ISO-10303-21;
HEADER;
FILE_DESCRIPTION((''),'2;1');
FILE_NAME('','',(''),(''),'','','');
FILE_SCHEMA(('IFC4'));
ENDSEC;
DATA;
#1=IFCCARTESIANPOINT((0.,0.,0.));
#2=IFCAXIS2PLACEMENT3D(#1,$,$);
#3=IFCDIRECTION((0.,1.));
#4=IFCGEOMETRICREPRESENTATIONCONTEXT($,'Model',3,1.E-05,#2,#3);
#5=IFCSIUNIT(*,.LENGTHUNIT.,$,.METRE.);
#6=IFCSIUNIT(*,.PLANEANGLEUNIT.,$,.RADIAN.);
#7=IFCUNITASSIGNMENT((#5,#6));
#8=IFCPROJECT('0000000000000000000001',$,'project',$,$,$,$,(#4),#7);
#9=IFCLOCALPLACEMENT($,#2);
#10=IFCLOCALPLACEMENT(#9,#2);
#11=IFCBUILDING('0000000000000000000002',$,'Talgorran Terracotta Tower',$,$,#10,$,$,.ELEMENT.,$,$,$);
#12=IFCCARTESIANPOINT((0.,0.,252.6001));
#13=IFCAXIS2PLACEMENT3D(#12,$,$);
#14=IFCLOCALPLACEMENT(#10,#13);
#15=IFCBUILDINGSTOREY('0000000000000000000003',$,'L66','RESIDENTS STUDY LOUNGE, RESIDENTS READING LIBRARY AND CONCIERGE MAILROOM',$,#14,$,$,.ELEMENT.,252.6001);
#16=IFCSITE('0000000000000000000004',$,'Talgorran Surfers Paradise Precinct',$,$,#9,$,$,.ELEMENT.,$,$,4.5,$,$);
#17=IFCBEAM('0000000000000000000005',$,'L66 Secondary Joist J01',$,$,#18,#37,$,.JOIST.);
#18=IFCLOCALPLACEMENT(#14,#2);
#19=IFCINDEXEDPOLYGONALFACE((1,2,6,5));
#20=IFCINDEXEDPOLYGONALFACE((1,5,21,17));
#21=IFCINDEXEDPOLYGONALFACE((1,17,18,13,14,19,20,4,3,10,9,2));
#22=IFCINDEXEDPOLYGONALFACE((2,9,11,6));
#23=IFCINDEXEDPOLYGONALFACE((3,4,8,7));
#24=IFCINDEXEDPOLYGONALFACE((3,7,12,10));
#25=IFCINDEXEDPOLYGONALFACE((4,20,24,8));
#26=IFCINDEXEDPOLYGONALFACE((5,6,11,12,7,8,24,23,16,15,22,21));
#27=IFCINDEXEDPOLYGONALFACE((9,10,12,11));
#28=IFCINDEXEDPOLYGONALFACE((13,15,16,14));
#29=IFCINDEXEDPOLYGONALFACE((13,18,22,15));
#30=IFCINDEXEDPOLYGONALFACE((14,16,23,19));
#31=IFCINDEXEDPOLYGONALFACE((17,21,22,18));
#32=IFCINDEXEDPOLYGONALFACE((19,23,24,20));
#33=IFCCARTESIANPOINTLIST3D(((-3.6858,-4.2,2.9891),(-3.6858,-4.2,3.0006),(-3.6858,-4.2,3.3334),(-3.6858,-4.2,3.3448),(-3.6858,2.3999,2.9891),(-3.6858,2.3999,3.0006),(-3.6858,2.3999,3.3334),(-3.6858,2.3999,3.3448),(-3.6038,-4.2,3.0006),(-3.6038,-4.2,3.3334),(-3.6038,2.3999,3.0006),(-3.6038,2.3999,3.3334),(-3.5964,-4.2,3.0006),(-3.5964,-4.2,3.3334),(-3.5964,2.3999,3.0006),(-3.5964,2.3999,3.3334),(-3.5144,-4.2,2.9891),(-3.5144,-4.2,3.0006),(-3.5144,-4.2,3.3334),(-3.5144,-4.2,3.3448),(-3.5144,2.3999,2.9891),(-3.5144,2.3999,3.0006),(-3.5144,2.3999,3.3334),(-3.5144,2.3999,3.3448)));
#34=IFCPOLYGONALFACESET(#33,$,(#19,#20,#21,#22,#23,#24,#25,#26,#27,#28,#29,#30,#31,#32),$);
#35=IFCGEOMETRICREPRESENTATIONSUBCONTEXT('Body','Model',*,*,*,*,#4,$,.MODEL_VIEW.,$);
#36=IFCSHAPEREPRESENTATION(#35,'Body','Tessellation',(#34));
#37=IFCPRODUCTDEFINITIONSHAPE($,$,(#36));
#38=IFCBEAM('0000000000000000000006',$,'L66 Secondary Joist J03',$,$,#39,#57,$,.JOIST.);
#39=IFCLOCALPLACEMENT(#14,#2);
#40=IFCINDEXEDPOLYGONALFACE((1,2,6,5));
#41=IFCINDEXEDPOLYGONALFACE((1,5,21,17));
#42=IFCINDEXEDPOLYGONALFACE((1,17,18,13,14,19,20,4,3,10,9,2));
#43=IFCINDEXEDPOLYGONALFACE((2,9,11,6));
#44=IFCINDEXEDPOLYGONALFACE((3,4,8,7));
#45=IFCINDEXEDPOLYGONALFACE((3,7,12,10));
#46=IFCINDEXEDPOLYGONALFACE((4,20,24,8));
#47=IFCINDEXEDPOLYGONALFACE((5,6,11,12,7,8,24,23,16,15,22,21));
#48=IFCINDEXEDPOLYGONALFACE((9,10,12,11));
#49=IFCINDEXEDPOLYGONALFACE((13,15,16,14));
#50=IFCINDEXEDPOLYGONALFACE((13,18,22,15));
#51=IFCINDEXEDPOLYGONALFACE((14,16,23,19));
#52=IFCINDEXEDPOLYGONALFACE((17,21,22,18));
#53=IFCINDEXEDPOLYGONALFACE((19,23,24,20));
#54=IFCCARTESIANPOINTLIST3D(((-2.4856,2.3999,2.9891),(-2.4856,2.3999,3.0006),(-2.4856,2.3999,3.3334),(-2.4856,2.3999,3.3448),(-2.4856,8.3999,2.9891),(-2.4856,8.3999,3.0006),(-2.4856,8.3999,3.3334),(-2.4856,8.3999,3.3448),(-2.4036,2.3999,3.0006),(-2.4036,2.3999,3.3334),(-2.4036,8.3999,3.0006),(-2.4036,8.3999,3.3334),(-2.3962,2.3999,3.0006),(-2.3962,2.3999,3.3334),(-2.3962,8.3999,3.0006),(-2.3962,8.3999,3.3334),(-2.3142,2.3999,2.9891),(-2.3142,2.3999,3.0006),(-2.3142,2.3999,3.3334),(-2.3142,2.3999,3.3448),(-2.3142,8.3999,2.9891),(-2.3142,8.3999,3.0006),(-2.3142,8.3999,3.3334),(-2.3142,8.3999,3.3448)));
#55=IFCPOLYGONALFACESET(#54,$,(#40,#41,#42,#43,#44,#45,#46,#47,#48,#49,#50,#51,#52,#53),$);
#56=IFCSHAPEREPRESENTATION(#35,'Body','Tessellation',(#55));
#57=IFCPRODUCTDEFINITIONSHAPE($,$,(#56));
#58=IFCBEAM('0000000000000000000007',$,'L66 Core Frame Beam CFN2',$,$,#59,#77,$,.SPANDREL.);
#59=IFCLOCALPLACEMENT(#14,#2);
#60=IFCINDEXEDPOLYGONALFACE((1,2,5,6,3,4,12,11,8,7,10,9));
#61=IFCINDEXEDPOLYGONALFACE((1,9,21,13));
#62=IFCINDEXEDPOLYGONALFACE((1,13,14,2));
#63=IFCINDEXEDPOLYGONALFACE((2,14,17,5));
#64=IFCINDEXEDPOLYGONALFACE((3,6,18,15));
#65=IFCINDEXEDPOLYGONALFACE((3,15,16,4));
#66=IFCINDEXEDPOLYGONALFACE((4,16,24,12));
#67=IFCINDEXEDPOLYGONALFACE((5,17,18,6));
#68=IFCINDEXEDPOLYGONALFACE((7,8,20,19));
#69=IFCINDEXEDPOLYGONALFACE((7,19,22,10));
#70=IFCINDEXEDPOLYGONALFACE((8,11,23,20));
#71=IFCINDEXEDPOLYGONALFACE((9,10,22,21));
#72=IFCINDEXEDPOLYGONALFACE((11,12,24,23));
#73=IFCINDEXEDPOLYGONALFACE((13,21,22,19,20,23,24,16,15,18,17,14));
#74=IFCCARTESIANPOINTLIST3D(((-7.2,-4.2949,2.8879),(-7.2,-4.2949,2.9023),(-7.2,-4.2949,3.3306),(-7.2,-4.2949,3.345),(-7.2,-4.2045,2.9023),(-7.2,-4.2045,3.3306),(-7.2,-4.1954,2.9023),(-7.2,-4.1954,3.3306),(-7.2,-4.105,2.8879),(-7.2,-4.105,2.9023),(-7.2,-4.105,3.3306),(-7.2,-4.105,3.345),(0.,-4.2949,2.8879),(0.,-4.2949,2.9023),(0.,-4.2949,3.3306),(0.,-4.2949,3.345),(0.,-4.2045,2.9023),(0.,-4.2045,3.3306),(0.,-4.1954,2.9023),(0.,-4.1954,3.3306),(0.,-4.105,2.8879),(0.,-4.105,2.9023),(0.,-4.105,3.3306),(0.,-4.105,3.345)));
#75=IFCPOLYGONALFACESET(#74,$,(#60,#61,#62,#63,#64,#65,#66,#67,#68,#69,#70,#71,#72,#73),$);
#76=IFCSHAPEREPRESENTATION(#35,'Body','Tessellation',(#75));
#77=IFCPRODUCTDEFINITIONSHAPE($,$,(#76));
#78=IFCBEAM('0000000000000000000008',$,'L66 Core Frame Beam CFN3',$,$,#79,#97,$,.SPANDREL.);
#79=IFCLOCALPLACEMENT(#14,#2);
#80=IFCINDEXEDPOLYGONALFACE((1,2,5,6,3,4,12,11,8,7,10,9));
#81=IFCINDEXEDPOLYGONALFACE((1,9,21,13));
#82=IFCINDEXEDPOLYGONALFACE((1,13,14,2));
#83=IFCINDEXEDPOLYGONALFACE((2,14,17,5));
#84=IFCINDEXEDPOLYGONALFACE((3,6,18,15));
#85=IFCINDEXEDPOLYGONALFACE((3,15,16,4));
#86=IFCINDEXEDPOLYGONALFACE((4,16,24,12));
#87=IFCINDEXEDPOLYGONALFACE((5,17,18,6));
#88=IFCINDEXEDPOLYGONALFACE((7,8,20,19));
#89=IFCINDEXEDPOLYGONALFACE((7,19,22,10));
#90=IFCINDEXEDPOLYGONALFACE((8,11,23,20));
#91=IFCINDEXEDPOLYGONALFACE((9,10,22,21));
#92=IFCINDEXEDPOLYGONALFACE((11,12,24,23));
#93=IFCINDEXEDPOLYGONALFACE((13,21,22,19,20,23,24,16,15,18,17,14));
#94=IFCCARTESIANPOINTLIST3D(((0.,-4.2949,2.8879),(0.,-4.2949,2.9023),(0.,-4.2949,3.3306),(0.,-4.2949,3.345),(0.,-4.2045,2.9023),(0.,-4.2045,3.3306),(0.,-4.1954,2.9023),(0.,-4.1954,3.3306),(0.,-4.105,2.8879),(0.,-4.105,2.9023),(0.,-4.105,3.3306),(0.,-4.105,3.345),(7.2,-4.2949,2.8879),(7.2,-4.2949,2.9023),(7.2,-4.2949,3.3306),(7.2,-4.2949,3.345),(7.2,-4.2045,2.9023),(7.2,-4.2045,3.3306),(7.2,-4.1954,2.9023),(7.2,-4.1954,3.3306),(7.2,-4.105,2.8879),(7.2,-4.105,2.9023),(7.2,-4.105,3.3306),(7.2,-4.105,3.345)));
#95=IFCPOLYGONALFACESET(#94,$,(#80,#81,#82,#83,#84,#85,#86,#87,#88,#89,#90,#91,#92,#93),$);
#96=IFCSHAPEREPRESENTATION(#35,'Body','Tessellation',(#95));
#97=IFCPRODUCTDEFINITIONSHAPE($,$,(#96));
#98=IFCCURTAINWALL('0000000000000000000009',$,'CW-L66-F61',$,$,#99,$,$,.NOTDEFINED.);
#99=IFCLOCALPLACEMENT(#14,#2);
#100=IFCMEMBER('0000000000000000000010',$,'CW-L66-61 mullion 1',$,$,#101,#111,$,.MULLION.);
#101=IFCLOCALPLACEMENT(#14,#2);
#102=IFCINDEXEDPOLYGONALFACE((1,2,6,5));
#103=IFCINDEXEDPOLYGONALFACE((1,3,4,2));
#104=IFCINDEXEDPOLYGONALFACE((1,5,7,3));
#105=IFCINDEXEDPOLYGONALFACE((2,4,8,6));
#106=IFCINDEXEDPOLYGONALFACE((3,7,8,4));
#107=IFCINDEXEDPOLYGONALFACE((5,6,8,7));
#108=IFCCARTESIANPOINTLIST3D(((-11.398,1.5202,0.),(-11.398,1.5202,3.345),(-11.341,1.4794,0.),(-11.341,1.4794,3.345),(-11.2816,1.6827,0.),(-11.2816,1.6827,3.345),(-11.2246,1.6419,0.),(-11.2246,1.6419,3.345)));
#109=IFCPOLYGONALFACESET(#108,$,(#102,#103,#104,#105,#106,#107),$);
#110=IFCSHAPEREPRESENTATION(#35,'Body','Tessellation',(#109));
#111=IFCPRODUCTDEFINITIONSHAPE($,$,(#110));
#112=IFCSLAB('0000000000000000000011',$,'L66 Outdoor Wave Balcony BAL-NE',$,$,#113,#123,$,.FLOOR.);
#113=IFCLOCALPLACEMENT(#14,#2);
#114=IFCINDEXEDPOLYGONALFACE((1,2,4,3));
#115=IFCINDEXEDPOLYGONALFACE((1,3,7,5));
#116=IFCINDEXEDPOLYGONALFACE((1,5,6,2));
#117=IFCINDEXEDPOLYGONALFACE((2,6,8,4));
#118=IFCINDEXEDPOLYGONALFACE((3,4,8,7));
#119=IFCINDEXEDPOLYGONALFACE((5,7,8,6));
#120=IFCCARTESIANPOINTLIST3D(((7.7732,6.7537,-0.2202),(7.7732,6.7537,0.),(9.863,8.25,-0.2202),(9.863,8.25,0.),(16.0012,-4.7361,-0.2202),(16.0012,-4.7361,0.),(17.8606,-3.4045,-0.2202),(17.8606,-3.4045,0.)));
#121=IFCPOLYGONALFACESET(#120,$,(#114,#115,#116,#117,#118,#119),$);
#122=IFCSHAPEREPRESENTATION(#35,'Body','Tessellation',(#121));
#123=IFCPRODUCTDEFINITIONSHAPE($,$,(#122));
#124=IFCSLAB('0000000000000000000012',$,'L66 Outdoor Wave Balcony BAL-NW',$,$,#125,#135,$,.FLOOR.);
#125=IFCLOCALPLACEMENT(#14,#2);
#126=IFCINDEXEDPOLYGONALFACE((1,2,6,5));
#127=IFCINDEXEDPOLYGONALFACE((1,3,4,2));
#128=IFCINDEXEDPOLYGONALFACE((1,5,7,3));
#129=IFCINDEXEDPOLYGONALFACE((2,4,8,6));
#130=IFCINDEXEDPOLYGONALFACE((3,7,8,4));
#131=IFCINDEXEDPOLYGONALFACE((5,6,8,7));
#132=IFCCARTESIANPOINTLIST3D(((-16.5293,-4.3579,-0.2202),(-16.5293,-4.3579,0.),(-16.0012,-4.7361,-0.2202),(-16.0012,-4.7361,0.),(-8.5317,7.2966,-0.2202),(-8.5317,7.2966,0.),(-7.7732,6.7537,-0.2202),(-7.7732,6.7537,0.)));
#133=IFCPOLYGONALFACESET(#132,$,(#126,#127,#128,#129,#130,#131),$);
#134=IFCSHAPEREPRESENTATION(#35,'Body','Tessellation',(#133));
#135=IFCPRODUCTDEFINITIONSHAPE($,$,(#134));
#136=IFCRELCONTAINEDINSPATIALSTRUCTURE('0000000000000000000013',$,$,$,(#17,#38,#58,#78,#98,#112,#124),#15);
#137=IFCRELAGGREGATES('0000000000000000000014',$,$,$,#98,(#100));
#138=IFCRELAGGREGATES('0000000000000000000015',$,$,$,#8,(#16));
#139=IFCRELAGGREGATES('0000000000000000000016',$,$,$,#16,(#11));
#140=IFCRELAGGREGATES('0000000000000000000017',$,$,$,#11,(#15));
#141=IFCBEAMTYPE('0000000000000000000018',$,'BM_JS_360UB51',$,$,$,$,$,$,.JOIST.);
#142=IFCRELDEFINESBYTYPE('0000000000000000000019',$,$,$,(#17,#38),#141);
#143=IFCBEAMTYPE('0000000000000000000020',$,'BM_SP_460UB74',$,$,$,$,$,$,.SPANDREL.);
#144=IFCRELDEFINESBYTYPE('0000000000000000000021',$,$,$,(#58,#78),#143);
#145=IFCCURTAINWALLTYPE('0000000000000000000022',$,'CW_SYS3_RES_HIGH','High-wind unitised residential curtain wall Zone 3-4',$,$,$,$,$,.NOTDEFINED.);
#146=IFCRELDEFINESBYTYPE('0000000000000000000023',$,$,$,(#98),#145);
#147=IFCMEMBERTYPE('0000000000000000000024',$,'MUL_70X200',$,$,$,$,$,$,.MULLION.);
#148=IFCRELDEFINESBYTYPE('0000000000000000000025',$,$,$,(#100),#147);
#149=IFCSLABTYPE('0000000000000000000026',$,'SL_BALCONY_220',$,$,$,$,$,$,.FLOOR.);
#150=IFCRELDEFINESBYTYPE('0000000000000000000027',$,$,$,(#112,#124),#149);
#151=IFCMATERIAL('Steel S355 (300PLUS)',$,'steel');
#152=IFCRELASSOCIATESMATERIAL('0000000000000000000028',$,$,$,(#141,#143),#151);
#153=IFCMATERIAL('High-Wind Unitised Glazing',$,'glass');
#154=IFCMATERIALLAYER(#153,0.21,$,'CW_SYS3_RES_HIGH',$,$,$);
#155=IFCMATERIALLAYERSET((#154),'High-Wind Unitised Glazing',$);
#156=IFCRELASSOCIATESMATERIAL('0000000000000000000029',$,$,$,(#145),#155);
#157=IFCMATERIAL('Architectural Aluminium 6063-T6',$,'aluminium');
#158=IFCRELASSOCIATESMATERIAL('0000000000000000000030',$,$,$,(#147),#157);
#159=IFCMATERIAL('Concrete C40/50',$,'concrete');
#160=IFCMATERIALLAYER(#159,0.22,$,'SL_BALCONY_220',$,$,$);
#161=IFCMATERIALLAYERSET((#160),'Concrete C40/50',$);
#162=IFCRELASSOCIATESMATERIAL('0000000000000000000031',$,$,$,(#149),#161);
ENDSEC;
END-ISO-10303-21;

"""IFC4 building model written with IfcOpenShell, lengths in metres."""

from ifc_helpers import new_model, si_unit, direction, frame, origin, origin_2d, place, context, subcontext, project, spatial, polyline, rectangle, i_section, outline, extrude, material, layer, layer_set, material_profile, profile_set, type_object, element, aggregate, save


model = new_model("IFC4")

# Units and contexts
model_context = context("Model", 3, precision=1e-05, world=origin(), true_north=direction((0.0, 1.0)))
body_context = subcontext(model_context, "Body", "Model", "MODEL_VIEW")
ifc_project = project(units=[si_unit("LENGTHUNIT", "METRE"), si_unit("PLANEANGLEUNIT", "RADIAN")], contexts=[model_context])

# Site, building, storey
site_placement = place(None, origin())
site = spatial("IfcSite", under=ifc_project, at=site_placement, Name="Talgorran Surfers Paradise Precinct", CompositionType="ELEMENT", RefElevation=4.5)
building_placement = place(site_placement, origin())
building = spatial("IfcBuilding", under=site, at=building_placement, Name="Talgorran Terracotta Tower", CompositionType="ELEMENT")
storey_placement = place(building_placement, frame((0.0, 0.0, 252.6001)))
storey = spatial("IfcBuildingStorey", under=building, at=storey_placement, Name="L66", Description="RESIDENTS STUDY LOUNGE, RESIDENTS READING LIBRARY AND CONCIERGE MAILROOM", CompositionType="ELEMENT", Elevation=252.6001)

# Shared definitions
ifc_material_1 = material(Name="Steel S355 (300PLUS)", Category="steel")

# Beams
ifc_material_profile_1 = material_profile(ifc_material_1, i_section(OverallWidth=0.1714, OverallDepth=0.3557, WebThickness=0.0073, FlangeThickness=0.0115, at=origin_2d()), Name="360UB50.7")
ifc_profile_set_1 = profile_set([ifc_material_profile_1], Name="Steel S355 (300PLUS)")
beam_type_1 = type_object("IfcBeamType", Name="BM_JS_360UB51", PredefinedType="JOIST", material=ifc_profile_set_1)
beam_1_placement = place(storey_placement, frame((-3.6001, -4.2, 3.167), z_axis=(0.0, 1.0, 0.0), x_axis=(-1.0, 0.0, 0.0)))
element("IfcBeam", 1, at=beam_1_placement, inside=storey, type_object=beam_type_1, Name="L66 Secondary Joist J01", PredefinedType="JOIST", context=body_context, shape_type="SweptSolid", body=[
    extrude(i_section(OverallWidth=0.1714, OverallDepth=0.3557, WebThickness=0.0073, FlangeThickness=0.0115, at=origin_2d()), origin(), (0.0, 0.0, 1.0), 6.5999),
])
beam_2_placement = place(storey_placement, frame((-2.3999, 2.3999, 3.167), z_axis=(0.0, 1.0, 0.0), x_axis=(-1.0, 0.0, 0.0)))
element("IfcBeam", 2, at=beam_2_placement, inside=storey, type_object=beam_type_1, Name="L66 Secondary Joist J03", PredefinedType="JOIST", context=body_context, shape_type="SweptSolid", body=[
    extrude(i_section(OverallWidth=0.1714, OverallDepth=0.3557, WebThickness=0.0073, FlangeThickness=0.0115, at=origin_2d()), origin(), (0.0, 0.0, 1.0), 6.0),
])
ifc_material_profile_2 = material_profile(ifc_material_1, i_section(OverallWidth=0.1899, OverallDepth=0.457, WebThickness=0.009, FlangeThickness=0.0144, at=origin_2d()), Name="460UB74.6")
ifc_profile_set_2 = profile_set([ifc_material_profile_2], Name="Steel S355 (300PLUS)")
beam_type_2 = type_object("IfcBeamType", Name="BM_SP_460UB74", PredefinedType="SPANDREL", material=ifc_profile_set_2)
for number, where, z_axis, x_axis, name in (
    (3, (-7.2, -4.2, 3.1165), (1.0, 0.0, 0.0), (0.0, 1.0, 0.0), "L66 Core Frame Beam CFN2"),
    (4, (0.0, -4.2, 3.1165), (1.0, 0.0, 0.0), (0.0, 1.0, 0.0), "L66 Core Frame Beam CFN3"),
):
    element("IfcBeam", number, at=place(storey_placement, frame(where, z_axis=z_axis, x_axis=x_axis)), inside=storey, type_object=beam_type_2, Name=name, PredefinedType="SPANDREL", context=body_context, shape_type="SweptSolid", body=[
        extrude(i_section(OverallWidth=0.1899, OverallDepth=0.457, WebThickness=0.009, FlangeThickness=0.0144, at=origin_2d()), origin(), (0.0, 0.0, 1.0), 7.2),
    ])

# Curtain wall, member
ifc_material_2 = material(Name="High-Wind Unitised Glazing", Category="glass")
ifc_layer_1 = layer(ifc_material_2, 0.21, Name="CW_SYS3_RES_HIGH")
ifc_layer_set_1 = layer_set([ifc_layer_1], Name="High-Wind Unitised Glazing")
curtain_wall_type = type_object("IfcCurtainWallType", Name="CW_SYS3_RES_HIGH", Description="High-wind unitised residential curtain wall Zone 3-4", PredefinedType="NOTDEFINED", material=ifc_layer_set_1)
curtain_wall_placement = place(storey_placement, origin())
curtain_wall = element("IfcCurtainWall", 5, at=curtain_wall_placement, inside=storey, type_object=curtain_wall_type, Name="CW-L66-F61", PredefinedType="NOTDEFINED")
ifc_material_3 = material(Name="Architectural Aluminium 6063-T6", Category="aluminium")
ifc_material_profile_3 = material_profile(ifc_material_3, rectangle(XDim=0.0701, YDim=0.2, at=origin_2d()), Name="CWM70X200")
ifc_profile_set_3 = profile_set([ifc_material_profile_3], Name="Architectural Aluminium 6063-T6")
member_type = type_object("IfcMemberType", Name="MUL_70X200", PredefinedType="MULLION", material=ifc_profile_set_3)
member_placement = place(storey_placement, frame((-11.3113, 1.5811, 0.0), z_axis=(0.0, 0.0, 1.0), x_axis=(0.813042, -0.582206, 0.0)))
member = element("IfcMember", 6, at=member_placement, type_object=member_type, Name="CW-L66-61 mullion 1", PredefinedType="MULLION", context=body_context, shape_type="SweptSolid", body=[
    extrude(rectangle(XDim=0.0701, YDim=0.2, at=origin_2d()), origin(), (0.0, 0.0, 1.0), 3.345),
])
aggregate(curtain_wall, [member])

# Slabs
ifc_material_4 = material(Name="Concrete C40/50", Category="concrete")
ifc_layer_2 = layer(ifc_material_4, 0.22, Name="SL_BALCONY_220")
ifc_layer_set_2 = layer_set([ifc_layer_2], Name="Concrete C40/50")
slab_type_1 = type_object("IfcSlabType", Name="SL_BALCONY_220", PredefinedType="FLOOR", material=ifc_layer_set_2)
slab_1_placement = place(storey_placement, frame((0.0, 0.0, -0.2202)))
element("IfcSlab", 7, at=slab_1_placement, inside=storey, type_object=slab_type_1, Name="L66 Outdoor Wave Balcony BAL-NE", PredefinedType="FLOOR", context=body_context, shape_type="SweptSolid", body=[
    extrude(outline(polyline([(7.7732, 6.7537), (16.0012, -4.7361), (17.8606, -3.4045), (9.863, 8.25), (7.7732, 6.7537)])), origin(), (0.0, 0.0, 1.0), 0.2202),
])
slab_2_placement = place(storey_placement, frame((0.0, 0.0, -0.2202)))
element("IfcSlab", 8, at=slab_2_placement, inside=storey, type_object=slab_type_1, Name="L66 Outdoor Wave Balcony BAL-NW", PredefinedType="FLOOR", context=body_context, shape_type="SweptSolid", body=[
    extrude(outline(polyline([(-16.0012, -4.7361), (-7.7732, 6.7537), (-8.5317, 7.2966), (-16.5293, -4.3579), (-16.0012, -4.7361)])), origin(), (0.0, 0.0, 1.0), 0.2202),
])

save(model, "model.ifc")
